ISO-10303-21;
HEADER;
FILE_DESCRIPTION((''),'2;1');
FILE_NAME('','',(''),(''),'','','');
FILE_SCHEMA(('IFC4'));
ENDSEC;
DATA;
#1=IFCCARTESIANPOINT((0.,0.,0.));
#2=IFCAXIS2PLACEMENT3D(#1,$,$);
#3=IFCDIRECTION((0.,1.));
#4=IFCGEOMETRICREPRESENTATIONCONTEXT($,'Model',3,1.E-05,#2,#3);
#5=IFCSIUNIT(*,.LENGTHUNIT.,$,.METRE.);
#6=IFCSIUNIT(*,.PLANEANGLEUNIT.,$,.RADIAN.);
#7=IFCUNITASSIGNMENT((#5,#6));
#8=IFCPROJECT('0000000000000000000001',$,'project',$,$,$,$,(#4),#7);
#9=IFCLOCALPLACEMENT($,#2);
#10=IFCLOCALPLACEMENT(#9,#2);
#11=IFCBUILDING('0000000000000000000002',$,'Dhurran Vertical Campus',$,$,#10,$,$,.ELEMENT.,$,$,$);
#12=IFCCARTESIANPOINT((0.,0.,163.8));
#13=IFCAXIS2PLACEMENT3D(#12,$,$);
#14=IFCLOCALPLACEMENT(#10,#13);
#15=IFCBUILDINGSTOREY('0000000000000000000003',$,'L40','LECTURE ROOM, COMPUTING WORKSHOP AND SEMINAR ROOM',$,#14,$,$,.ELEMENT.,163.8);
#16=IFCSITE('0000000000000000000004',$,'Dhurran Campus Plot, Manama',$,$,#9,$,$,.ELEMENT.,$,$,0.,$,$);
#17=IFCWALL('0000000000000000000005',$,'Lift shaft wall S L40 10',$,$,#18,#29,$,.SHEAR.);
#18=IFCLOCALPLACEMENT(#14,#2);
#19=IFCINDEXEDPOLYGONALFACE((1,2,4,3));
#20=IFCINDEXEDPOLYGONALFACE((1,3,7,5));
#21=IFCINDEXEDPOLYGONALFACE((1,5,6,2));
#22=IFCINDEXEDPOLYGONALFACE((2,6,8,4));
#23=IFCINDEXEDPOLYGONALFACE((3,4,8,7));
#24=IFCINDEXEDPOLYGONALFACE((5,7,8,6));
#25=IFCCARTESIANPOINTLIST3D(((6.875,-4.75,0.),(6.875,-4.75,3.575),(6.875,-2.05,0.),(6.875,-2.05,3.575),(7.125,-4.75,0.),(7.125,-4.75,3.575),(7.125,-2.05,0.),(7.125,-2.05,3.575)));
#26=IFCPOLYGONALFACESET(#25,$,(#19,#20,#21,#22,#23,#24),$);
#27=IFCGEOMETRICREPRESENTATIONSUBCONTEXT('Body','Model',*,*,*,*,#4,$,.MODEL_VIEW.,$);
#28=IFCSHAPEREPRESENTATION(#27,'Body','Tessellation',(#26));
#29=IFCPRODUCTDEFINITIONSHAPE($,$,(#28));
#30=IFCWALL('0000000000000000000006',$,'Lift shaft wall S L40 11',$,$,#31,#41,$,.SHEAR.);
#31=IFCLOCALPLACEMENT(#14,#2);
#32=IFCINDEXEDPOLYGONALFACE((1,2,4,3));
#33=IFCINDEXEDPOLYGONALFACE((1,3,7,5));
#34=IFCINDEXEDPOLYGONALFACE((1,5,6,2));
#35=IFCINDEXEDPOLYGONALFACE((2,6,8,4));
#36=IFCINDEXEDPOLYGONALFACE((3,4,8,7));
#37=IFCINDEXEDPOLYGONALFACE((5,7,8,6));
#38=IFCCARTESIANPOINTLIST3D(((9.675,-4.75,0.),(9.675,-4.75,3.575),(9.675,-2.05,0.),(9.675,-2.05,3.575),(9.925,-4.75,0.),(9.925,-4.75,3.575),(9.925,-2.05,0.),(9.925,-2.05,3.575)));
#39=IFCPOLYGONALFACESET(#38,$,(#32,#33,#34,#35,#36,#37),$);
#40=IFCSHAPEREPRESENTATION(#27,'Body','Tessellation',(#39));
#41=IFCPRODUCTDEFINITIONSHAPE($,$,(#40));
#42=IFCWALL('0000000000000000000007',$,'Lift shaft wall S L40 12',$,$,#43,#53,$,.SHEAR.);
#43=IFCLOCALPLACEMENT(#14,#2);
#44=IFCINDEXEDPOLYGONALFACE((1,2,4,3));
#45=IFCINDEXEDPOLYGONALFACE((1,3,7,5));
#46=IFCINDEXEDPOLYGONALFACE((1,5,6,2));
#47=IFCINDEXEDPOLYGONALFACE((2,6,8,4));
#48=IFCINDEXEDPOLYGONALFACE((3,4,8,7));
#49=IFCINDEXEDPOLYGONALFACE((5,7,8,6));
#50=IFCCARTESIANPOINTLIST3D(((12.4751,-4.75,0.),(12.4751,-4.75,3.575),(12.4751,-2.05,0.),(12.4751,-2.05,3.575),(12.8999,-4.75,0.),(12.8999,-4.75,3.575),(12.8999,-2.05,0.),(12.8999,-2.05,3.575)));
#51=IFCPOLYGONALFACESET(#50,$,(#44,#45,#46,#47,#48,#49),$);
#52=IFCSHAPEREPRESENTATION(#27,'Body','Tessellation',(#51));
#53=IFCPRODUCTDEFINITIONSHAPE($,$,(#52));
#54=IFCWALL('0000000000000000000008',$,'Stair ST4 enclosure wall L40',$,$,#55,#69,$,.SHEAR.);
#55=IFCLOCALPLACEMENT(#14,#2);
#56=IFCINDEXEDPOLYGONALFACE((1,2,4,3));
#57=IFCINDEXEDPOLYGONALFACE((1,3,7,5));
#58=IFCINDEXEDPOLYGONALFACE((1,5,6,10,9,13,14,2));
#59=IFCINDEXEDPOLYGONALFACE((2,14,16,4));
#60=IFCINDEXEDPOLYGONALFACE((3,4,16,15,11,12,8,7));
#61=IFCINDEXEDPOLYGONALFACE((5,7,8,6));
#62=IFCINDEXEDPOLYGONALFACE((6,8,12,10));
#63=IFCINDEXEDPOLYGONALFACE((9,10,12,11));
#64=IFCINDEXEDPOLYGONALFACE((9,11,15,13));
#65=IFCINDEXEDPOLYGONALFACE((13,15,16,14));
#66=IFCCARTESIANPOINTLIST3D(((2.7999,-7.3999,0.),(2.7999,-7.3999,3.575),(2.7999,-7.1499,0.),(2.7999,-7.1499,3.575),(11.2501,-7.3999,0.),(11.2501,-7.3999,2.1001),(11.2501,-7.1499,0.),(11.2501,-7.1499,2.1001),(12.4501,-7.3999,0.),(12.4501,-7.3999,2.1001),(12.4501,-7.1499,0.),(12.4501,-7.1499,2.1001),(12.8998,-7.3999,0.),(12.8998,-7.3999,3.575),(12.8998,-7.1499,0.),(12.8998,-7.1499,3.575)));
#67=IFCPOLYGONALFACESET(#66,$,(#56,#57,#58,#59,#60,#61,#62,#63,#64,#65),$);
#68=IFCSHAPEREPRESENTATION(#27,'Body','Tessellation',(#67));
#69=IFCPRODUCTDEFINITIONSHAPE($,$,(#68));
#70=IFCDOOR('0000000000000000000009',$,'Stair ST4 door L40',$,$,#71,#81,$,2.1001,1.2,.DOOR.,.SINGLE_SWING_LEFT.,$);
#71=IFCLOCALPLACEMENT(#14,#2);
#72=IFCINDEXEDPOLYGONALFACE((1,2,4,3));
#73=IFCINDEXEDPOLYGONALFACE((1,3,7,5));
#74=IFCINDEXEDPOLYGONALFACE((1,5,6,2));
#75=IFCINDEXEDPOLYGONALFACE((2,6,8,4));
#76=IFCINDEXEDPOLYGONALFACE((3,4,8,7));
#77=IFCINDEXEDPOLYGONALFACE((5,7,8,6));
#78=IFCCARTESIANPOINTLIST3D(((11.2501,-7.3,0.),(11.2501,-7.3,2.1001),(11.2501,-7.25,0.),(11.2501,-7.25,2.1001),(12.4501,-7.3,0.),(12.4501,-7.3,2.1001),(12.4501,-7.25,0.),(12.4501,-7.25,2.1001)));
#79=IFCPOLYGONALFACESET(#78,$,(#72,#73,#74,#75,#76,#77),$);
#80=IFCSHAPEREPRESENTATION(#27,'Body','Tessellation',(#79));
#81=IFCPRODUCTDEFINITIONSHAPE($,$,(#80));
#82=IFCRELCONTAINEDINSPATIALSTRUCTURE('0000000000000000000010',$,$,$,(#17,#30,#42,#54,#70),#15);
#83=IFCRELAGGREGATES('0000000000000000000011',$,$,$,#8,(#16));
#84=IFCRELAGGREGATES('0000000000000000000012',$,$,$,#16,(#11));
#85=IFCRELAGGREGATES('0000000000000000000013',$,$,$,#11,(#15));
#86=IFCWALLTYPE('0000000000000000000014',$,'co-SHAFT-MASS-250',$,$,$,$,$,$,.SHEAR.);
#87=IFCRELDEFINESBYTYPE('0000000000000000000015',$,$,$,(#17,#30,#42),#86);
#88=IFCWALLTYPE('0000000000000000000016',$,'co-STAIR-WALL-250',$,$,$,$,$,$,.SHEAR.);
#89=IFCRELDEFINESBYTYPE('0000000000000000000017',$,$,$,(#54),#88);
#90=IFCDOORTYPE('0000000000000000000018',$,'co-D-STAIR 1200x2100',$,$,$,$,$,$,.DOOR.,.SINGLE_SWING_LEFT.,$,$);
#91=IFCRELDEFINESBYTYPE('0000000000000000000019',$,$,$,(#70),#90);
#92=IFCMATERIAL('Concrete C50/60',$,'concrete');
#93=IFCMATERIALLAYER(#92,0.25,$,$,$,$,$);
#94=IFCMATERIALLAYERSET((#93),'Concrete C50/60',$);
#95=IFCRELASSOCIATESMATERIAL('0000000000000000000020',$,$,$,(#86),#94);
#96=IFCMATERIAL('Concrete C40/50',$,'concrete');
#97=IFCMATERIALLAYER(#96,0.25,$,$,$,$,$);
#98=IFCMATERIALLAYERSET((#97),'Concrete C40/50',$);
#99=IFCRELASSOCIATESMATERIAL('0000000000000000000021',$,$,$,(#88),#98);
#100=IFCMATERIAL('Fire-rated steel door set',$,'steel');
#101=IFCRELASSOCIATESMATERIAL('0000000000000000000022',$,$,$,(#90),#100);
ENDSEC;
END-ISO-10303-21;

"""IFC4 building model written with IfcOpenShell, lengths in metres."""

from ifc_helpers import new_model, si_unit, direction, frame, frame_2d, origin, place, context, subcontext, project, spatial, polyline, rectangle, outline, extrude, material, layer, layer_set, type_object, element, fill, save


model = new_model("IFC4")

# Units and contexts
model_context = context("Model", 3, precision=1e-05, world=origin(), true_north=direction((0.0, 1.0)))
body_context = subcontext(model_context, "Body", "Model", "MODEL_VIEW")
ifc_project = project(units=[si_unit("LENGTHUNIT", "METRE"), si_unit("PLANEANGLEUNIT", "RADIAN")], contexts=[model_context])

# Site, building, storey
site_placement = place(None, origin())
site = spatial("IfcSite", under=ifc_project, at=site_placement, Name="Dhurran Campus Plot, Manama", CompositionType="ELEMENT", RefElevation=0.0)
building_placement = place(site_placement, origin())
building = spatial("IfcBuilding", under=site, at=building_placement, Name="Dhurran Vertical Campus", CompositionType="ELEMENT")
storey_placement = place(building_placement, frame((0.0, 0.0, 163.8)))
storey = spatial("IfcBuildingStorey", under=building, at=storey_placement, Name="L40", Description="LECTURE ROOM, COMPUTING WORKSHOP AND SEMINAR ROOM", CompositionType="ELEMENT", Elevation=163.8)

# Walls
ifc_material_1 = material(Name="Concrete C50/60", Category="concrete")
ifc_layer_1 = layer(ifc_material_1, 0.25)
ifc_layer_set_1 = layer_set([ifc_layer_1], Name="Concrete C50/60")
wall_type_1 = type_object("IfcWallType", Name="co-SHAFT-MASS-250", PredefinedType="SHEAR", material=ifc_layer_set_1)
wall_1_placement = place(storey_placement, origin())
element("IfcWall", 1, at=wall_1_placement, inside=storey, type_object=wall_type_1, Name="Lift shaft wall S L40 10", PredefinedType="SHEAR", context=body_context, shape_type="SweptSolid", body=[
    extrude(outline(polyline([(6.875, -4.75), (7.125, -4.75), (7.125, -2.05), (6.875, -2.05), (6.875, -4.75)])), origin(), (0.0, 0.0, 1.0), 3.575),
])
wall_2_placement = place(storey_placement, origin())
element("IfcWall", 2, at=wall_2_placement, inside=storey, type_object=wall_type_1, Name="Lift shaft wall S L40 11", PredefinedType="SHEAR", context=body_context, shape_type="SweptSolid", body=[
    extrude(outline(polyline([(9.675, -4.75), (9.925, -4.75), (9.925, -2.05), (9.675, -2.05), (9.675, -4.75)])), origin(), (0.0, 0.0, 1.0), 3.575),
])
wall_3_placement = place(storey_placement, origin())
element("IfcWall", 3, at=wall_3_placement, inside=storey, type_object=wall_type_1, Name="Lift shaft wall S L40 12", PredefinedType="SHEAR", context=body_context, shape_type="SweptSolid", body=[
    extrude(outline(polyline([(12.4751, -4.75), (12.8999, -4.75), (12.8999, -2.05), (12.4751, -2.05), (12.4751, -4.75)])), origin(), (0.0, 0.0, 1.0), 3.575),
])

# Wall, opening, door
ifc_material_2 = material(Name="Concrete C40/50", Category="concrete")
ifc_layer_2 = layer(ifc_material_2, 0.25)
ifc_layer_set_2 = layer_set([ifc_layer_2], Name="Concrete C40/50")
wall_type_2 = type_object("IfcWallType", Name="co-STAIR-WALL-250", PredefinedType="SHEAR", material=ifc_layer_set_2)
wall_4_placement = place(storey_placement, frame((2.8, -7.2749, 0.0), z_axis=(0.0, 0.0, 1.0), x_axis=(1.0, 0.0, 0.0)))
wall_4 = element("IfcWall", 4, at=wall_4_placement, inside=storey, type_object=wall_type_2, Name="Stair ST4 enclosure wall L40", PredefinedType="SHEAR", context=body_context, shape_type="SweptSolid", body=[
    extrude(rectangle(XDim=10.0999, YDim=0.25, at=frame_2d((5.0498, 0.0))), origin(), (0.0, 0.0, 1.0), 3.575),
])
opening_1_placement = place(wall_4_placement, frame((8.45, 0.0, 0.0)))
opening_1 = element("IfcOpeningElement", 5, at=opening_1_placement, cuts=wall_4, PredefinedType="OPENING", context=body_context, shape_type="SweptSolid", body=[
    extrude(rectangle(XDim=1.2, YDim=2.1001, at=frame_2d((0.6001, 1.05))), frame((0.0, 0.135, 0.0), z_axis=(0.0, -1.0, 0.0), x_axis=(1.0, 0.0, 0.0)), (0.0, 0.0, 1.0), 0.27),
])
ifc_material_3 = material(Name="Fire-rated steel door set", Category="steel")
door_type_1 = type_object("IfcDoorType", Name="co-D-STAIR 1200x2100", OperationType="SINGLE_SWING_LEFT", PredefinedType="DOOR", material=ifc_material_3)
door_1_placement = place(opening_1_placement, origin())
door_1 = element("IfcDoor", 6, at=door_1_placement, inside=storey, type_object=door_type_1, Name="Stair ST4 door L40", OperationType="SINGLE_SWING_LEFT", OverallHeight=2.1001, OverallWidth=1.2, PredefinedType="DOOR", context=body_context, shape_type="SweptSolid", body=[
    extrude(rectangle(XDim=1.2, YDim=2.1001, at=frame_2d((0.6001, 1.05))), frame((0.0, 0.0249, 0.0), z_axis=(0.0, -1.0, 0.0), x_axis=(1.0, 0.0, 0.0)), (0.0, 0.0, 1.0), 0.05),
])
fill(opening_1, door_1)

save(model, "model.ifc")
